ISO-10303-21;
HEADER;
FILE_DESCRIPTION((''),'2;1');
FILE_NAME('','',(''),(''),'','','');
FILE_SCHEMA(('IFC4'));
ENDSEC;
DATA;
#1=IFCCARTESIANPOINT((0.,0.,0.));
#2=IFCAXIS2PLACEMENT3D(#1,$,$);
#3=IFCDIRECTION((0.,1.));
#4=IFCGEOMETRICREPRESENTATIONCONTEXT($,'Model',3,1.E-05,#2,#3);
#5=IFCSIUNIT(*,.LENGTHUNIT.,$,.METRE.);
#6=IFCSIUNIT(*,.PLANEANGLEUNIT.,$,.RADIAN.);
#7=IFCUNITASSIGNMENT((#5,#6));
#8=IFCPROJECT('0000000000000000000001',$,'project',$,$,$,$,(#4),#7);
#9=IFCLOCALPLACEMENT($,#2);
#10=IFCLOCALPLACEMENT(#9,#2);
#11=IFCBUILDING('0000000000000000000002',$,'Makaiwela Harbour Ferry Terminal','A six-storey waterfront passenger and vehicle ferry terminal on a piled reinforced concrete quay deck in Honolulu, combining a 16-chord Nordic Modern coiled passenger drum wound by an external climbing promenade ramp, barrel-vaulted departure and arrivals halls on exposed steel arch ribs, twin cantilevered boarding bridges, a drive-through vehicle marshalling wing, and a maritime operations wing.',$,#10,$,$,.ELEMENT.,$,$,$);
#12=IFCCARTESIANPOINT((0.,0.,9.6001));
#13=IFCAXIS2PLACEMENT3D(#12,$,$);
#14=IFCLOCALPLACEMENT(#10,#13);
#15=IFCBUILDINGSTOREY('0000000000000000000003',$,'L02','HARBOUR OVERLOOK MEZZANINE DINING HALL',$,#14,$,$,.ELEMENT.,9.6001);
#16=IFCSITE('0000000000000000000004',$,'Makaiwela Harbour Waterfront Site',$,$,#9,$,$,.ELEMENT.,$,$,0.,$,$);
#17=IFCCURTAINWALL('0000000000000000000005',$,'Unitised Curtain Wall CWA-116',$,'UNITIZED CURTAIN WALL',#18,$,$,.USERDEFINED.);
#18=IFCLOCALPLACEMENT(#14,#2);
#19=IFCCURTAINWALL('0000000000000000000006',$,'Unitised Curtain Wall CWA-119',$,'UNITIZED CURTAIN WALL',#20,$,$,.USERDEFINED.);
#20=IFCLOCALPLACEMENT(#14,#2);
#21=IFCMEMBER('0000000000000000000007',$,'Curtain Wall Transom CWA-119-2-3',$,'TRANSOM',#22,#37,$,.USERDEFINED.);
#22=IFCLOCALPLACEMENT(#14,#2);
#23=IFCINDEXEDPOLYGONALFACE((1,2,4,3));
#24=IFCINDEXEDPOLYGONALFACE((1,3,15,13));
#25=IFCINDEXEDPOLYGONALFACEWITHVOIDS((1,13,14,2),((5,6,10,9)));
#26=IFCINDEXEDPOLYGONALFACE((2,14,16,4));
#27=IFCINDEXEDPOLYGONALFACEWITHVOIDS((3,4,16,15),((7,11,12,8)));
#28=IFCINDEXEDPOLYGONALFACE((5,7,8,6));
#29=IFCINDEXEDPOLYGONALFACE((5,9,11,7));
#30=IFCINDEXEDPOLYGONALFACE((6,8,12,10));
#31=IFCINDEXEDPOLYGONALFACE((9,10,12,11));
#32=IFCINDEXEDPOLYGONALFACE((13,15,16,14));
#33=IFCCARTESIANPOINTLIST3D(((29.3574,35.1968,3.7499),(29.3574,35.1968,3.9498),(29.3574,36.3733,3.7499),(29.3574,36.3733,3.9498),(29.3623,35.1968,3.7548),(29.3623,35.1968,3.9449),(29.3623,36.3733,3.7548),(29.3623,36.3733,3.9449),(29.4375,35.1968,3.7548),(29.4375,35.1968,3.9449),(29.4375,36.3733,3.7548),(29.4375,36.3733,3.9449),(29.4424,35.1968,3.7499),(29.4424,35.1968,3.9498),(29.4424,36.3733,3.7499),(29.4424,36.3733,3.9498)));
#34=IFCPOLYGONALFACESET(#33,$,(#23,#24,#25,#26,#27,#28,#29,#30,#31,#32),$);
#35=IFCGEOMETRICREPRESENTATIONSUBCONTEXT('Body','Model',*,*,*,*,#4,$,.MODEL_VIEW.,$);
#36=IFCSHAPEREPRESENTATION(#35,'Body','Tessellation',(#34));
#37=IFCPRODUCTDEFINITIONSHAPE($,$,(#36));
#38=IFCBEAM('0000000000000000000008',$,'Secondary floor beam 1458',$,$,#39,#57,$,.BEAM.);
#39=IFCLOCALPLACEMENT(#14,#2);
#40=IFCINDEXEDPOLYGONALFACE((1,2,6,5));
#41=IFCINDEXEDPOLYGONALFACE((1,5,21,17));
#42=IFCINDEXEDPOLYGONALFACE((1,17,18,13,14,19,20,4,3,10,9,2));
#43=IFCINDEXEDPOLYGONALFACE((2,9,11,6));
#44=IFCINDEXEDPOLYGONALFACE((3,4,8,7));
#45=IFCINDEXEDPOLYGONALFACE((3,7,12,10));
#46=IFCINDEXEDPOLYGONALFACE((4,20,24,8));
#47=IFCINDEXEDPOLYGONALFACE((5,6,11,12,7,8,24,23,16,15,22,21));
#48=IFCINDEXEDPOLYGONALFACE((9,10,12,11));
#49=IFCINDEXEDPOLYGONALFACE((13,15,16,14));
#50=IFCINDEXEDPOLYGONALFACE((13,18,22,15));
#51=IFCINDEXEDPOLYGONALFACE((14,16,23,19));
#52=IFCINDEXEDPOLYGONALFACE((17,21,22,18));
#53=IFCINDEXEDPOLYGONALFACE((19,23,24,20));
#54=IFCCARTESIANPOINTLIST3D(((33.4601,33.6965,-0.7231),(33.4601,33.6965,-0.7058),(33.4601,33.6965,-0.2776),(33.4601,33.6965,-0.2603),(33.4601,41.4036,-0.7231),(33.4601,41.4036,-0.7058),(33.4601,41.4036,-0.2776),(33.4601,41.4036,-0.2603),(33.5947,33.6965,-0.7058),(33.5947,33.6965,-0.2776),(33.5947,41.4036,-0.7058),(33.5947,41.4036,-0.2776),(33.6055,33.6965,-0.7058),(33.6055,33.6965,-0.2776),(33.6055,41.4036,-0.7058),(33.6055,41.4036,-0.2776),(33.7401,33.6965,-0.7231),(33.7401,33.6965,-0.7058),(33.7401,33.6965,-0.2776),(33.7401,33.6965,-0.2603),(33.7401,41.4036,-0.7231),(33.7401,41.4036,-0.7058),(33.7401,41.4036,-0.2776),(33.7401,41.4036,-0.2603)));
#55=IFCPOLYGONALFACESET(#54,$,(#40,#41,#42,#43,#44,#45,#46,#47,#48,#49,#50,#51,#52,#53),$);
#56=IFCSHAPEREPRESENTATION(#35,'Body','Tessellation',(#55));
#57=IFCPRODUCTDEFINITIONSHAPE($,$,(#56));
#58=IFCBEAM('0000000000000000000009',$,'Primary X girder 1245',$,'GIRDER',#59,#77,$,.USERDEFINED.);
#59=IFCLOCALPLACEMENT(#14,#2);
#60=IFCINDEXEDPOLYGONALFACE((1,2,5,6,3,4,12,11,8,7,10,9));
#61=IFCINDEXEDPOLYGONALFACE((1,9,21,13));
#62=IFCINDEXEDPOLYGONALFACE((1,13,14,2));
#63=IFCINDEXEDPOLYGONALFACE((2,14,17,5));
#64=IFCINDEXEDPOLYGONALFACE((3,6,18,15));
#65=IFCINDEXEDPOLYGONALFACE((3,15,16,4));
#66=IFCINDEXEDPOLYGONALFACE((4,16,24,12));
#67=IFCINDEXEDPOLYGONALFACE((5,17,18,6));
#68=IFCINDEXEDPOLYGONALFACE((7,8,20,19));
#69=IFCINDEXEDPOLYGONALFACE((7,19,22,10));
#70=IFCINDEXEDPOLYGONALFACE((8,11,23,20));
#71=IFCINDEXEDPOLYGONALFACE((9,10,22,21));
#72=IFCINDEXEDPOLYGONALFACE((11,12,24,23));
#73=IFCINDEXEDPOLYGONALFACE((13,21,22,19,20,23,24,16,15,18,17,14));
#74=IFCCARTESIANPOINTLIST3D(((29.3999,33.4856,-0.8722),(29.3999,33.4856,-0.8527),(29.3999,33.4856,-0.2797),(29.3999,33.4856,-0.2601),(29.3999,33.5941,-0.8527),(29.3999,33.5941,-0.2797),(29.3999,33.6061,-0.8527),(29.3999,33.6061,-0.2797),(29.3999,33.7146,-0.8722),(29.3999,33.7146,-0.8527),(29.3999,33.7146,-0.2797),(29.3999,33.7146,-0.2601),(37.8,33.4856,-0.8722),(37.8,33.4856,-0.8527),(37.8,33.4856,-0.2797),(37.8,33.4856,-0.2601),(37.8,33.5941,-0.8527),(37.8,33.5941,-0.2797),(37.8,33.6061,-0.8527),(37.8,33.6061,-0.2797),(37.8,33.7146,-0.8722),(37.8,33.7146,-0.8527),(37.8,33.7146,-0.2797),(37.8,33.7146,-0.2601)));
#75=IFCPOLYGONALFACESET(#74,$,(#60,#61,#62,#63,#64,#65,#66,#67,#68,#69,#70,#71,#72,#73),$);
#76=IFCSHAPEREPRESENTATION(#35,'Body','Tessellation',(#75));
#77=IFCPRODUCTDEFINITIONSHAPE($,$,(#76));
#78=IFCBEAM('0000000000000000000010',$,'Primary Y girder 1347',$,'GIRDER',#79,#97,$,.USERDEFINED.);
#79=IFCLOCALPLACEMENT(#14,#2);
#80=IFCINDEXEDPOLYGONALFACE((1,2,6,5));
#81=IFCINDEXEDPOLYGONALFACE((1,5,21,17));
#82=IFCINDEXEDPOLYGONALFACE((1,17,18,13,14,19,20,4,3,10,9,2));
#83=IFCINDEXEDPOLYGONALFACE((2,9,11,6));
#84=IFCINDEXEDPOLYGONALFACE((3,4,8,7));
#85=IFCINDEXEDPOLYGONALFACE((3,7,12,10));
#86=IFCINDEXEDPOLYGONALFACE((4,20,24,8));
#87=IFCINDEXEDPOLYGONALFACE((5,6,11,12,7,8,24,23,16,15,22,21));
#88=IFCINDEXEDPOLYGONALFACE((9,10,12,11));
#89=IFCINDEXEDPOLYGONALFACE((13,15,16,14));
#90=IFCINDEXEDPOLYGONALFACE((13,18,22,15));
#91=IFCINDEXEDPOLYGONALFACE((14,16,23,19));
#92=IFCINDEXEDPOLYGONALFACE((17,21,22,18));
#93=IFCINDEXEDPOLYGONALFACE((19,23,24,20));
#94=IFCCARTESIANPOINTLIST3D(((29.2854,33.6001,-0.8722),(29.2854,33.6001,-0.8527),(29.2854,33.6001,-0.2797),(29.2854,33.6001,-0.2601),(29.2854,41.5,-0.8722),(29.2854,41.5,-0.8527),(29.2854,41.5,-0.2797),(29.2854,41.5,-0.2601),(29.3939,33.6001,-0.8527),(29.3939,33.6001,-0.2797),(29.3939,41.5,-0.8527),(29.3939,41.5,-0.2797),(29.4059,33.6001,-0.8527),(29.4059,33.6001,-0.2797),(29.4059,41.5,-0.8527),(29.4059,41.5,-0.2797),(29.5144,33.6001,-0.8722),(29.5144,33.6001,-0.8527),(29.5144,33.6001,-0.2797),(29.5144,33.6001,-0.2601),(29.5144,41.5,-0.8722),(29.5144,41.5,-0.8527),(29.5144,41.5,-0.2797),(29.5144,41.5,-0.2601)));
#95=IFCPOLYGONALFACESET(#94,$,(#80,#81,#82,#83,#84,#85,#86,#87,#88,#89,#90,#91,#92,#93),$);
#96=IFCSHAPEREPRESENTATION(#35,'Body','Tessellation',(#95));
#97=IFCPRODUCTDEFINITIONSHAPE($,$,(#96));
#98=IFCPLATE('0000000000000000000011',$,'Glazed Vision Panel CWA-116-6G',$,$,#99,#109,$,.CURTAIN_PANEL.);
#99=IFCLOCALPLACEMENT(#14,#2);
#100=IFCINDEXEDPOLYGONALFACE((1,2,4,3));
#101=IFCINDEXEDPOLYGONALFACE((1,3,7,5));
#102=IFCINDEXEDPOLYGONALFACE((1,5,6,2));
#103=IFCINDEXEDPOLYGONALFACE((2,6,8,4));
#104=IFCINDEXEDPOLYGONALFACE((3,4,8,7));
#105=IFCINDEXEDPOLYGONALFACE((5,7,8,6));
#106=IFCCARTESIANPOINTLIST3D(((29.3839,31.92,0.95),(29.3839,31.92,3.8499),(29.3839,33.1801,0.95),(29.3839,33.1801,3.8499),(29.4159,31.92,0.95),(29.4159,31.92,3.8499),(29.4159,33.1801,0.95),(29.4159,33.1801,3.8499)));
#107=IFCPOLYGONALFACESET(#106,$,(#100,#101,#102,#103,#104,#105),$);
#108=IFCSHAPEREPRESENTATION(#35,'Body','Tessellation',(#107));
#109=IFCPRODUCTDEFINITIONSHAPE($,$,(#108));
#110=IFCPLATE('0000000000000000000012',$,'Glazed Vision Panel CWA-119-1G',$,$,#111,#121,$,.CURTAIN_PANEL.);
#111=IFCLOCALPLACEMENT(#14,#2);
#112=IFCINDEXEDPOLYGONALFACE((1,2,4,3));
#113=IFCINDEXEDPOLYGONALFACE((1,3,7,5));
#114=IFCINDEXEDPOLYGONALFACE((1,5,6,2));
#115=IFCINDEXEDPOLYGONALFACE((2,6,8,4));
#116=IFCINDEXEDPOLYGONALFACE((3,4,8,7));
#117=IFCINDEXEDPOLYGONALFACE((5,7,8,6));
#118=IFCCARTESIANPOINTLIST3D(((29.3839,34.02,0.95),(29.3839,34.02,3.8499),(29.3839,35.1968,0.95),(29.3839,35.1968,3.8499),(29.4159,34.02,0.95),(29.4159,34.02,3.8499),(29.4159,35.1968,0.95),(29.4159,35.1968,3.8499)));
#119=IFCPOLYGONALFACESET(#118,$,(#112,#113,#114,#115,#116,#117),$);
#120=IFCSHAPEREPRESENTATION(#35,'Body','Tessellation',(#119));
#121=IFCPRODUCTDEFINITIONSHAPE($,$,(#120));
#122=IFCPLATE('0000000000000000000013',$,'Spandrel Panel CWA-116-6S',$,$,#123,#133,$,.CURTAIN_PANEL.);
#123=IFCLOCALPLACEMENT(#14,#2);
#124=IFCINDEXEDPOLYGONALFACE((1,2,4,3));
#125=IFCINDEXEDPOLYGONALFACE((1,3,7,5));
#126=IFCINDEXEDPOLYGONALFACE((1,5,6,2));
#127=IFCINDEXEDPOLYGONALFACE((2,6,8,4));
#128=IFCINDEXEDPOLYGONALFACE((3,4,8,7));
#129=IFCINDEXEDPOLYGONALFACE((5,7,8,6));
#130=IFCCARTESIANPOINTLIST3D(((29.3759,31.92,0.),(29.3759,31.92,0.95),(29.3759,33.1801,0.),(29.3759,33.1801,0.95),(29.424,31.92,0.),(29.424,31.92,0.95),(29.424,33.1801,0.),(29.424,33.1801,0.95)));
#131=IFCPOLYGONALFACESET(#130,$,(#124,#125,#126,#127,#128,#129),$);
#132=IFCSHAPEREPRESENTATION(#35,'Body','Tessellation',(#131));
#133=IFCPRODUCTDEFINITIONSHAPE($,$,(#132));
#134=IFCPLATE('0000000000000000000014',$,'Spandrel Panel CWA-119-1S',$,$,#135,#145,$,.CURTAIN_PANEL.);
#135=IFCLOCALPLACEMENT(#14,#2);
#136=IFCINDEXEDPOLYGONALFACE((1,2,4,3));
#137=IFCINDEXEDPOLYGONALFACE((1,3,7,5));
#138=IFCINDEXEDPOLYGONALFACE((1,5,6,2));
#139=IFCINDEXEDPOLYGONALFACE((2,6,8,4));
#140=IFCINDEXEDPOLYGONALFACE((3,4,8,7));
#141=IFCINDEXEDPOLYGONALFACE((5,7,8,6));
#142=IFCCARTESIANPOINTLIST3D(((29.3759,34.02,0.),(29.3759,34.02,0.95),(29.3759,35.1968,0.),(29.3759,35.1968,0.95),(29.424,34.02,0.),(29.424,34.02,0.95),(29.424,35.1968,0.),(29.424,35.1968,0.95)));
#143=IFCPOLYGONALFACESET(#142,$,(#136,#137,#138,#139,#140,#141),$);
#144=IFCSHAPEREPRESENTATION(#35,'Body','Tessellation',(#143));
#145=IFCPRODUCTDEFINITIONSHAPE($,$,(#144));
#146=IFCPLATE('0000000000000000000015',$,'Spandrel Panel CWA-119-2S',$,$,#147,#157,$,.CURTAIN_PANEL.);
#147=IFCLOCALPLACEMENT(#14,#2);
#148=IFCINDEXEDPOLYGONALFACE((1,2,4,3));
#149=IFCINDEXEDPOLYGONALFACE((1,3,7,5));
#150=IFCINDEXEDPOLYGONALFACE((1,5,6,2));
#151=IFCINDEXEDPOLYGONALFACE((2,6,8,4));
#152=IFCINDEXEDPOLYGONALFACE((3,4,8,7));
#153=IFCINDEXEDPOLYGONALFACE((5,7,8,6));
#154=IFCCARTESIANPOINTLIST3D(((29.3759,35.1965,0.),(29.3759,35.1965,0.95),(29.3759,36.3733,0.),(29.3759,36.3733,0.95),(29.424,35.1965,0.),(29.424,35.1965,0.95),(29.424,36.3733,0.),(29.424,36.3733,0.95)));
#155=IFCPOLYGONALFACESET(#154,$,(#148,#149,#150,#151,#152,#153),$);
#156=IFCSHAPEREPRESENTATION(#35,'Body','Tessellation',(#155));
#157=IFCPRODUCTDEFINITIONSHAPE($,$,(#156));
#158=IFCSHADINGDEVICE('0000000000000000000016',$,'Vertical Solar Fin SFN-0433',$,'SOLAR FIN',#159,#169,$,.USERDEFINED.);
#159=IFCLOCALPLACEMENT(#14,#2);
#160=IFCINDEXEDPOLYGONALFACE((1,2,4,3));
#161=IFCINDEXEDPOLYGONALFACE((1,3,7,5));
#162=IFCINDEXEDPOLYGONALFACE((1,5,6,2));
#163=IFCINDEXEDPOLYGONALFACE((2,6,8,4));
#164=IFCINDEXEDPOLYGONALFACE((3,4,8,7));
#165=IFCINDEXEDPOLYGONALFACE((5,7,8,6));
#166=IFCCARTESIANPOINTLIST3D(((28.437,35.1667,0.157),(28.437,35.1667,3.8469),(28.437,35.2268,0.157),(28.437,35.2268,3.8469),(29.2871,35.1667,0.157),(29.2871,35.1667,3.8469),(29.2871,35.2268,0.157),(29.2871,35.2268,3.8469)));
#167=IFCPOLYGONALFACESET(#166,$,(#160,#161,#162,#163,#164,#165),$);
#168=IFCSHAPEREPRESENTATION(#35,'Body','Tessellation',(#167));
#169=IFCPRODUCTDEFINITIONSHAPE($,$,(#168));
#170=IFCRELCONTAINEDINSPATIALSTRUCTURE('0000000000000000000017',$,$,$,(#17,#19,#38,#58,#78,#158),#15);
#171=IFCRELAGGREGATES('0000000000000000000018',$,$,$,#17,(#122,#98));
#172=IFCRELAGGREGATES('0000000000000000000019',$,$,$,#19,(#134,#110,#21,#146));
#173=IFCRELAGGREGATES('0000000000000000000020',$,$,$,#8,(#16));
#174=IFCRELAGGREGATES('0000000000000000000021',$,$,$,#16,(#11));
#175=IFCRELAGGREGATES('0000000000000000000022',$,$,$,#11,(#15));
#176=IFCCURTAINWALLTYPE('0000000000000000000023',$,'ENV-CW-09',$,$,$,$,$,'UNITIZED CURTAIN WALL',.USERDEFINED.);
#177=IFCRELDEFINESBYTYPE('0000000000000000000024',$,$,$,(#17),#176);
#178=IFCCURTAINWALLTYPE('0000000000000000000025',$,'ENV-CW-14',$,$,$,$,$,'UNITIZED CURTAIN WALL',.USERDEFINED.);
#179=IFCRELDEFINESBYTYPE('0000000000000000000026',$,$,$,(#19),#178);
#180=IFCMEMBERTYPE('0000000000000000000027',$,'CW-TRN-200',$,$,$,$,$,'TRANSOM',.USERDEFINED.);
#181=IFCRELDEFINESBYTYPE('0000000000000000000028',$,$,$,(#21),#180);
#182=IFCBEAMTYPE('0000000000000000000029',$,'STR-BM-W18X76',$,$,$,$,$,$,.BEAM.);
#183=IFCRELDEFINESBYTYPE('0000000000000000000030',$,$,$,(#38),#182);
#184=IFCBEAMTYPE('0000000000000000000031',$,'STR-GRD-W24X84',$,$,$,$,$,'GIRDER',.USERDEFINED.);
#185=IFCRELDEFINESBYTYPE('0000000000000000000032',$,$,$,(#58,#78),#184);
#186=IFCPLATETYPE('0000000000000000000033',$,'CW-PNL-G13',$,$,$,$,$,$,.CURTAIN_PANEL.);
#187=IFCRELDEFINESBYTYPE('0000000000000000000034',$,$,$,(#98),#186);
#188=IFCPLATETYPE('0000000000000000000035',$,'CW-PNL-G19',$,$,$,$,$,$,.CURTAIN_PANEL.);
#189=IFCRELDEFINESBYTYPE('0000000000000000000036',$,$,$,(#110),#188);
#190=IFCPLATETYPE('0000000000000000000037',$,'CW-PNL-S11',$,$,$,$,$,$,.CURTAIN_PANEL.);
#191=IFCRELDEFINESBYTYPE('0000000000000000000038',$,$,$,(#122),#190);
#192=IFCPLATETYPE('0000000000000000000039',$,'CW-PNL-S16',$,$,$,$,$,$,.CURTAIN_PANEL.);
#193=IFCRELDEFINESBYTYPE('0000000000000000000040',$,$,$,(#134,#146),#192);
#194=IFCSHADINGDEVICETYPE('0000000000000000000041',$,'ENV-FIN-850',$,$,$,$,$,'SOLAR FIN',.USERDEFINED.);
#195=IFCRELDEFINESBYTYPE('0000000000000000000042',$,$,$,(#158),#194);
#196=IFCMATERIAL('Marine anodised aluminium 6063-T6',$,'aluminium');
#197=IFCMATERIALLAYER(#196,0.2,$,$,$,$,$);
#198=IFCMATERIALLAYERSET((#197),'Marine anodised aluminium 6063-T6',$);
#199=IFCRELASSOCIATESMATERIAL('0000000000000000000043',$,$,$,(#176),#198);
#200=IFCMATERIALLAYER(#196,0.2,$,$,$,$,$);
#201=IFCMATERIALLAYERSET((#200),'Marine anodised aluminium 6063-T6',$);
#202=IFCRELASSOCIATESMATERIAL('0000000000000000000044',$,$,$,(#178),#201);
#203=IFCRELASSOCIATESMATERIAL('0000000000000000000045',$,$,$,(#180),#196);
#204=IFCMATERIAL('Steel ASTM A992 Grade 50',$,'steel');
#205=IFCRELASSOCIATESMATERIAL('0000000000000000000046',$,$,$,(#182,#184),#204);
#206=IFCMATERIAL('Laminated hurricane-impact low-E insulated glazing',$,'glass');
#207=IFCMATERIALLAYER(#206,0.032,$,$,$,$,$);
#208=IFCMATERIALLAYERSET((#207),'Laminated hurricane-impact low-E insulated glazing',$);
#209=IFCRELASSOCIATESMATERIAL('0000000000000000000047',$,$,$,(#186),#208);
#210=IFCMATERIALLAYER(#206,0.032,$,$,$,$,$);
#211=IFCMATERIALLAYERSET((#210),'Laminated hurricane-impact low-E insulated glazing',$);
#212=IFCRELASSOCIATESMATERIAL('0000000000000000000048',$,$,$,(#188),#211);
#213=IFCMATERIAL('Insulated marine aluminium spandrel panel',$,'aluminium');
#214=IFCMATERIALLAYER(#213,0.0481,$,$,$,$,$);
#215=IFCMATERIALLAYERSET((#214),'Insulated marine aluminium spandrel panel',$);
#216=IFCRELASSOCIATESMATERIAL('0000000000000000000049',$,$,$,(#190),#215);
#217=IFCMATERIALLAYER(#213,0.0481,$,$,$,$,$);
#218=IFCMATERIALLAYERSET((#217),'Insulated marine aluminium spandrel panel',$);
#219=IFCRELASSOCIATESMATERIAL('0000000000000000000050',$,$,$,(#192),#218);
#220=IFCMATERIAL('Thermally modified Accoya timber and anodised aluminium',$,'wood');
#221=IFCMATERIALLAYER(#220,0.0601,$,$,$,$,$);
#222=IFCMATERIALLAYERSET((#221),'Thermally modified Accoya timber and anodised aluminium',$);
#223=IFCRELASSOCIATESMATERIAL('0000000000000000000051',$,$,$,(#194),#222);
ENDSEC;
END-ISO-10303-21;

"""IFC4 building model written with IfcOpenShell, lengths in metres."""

from ifc_helpers import new_model, si_unit, direction, frame, origin, origin_2d, place, context, subcontext, project, spatial, rectangle, hollow_rectangle, i_section, extrude, material, layer, layer_set, material_profile, profile_set, type_object, element, aggregate, save


model = new_model("IFC4")

# Units and contexts
model_context = context("Model", 3, precision=1e-05, world=origin(), true_north=direction((0.0, 1.0)))
body_context = subcontext(model_context, "Body", "Model", "MODEL_VIEW")
ifc_project = project(units=[si_unit("LENGTHUNIT", "METRE"), si_unit("PLANEANGLEUNIT", "RADIAN")], contexts=[model_context])

# Site, building, storey
site_placement = place(None, origin())
site = spatial("IfcSite", under=ifc_project, at=site_placement, Name="Makaiwela Harbour Waterfront Site", CompositionType="ELEMENT", RefElevation=0.0)
building_placement = place(site_placement, origin())
building = spatial("IfcBuilding", under=site, at=building_placement, Name="Makaiwela Harbour Ferry Terminal", Description="A six-storey waterfront passenger and vehicle ferry terminal on a piled reinforced concrete quay deck in Honolulu, combining a 16-chord Nordic Modern coiled passenger drum wound by an external climbing promenade ramp, barrel-vaulted departure and arrivals halls on exposed steel arch ribs, twin cantilevered boarding bridges, a drive-through vehicle marshalling wing, and a maritime operations wing.", CompositionType="ELEMENT")
storey_placement = place(building_placement, frame((0.0, 0.0, 9.6001)))
storey = spatial("IfcBuildingStorey", under=building, at=storey_placement, Name="L02", Description="HARBOUR OVERLOOK MEZZANINE DINING HALL", CompositionType="ELEMENT", Elevation=9.6001)

# Curtain wall
ifc_material_1 = material(Name="Marine anodised aluminium 6063-T6", Category="aluminium")
ifc_layer_1 = layer(ifc_material_1, 0.2)
ifc_layer_set_1 = layer_set([ifc_layer_1], Name="Marine anodised aluminium 6063-T6")
curtain_wall_type_1 = type_object("IfcCurtainWallType", Name="ENV-CW-09", ElementType="UNITIZED CURTAIN WALL", PredefinedType="USERDEFINED", material=ifc_layer_set_1)
curtain_wall_1_placement = place(storey_placement, origin())
curtain_wall_1 = element("IfcCurtainWall", 1, at=curtain_wall_1_placement, inside=storey, type_object=curtain_wall_type_1, Name="Unitised Curtain Wall CWA-116", ObjectType="UNITIZED CURTAIN WALL", PredefinedType="USERDEFINED")

# Curtain wall
ifc_layer_2 = layer(ifc_material_1, 0.2)
ifc_layer_set_2 = layer_set([ifc_layer_2], Name="Marine anodised aluminium 6063-T6")
curtain_wall_type_2 = type_object("IfcCurtainWallType", Name="ENV-CW-14", ElementType="UNITIZED CURTAIN WALL", PredefinedType="USERDEFINED", material=ifc_layer_set_2)
curtain_wall_2_placement = place(storey_placement, origin())
curtain_wall_2 = element("IfcCurtainWall", 2, at=curtain_wall_2_placement, inside=storey, type_object=curtain_wall_type_2, Name="Unitised Curtain Wall CWA-119", ObjectType="UNITIZED CURTAIN WALL", PredefinedType="USERDEFINED")

# Member
ifc_material_profile_1 = material_profile(ifc_material_1, hollow_rectangle(XDim=0.085, YDim=0.2, WallThickness=0.0049, at=origin_2d()), Name="CWT-200X85")
ifc_profile_set_1 = profile_set([ifc_material_profile_1], Name="Marine anodised aluminium 6063-T6")
member_type_1 = type_object("IfcMemberType", Name="CW-TRN-200", ElementType="TRANSOM", PredefinedType="USERDEFINED", material=ifc_profile_set_1)
member_1_placement = place(storey_placement, frame((29.3999, 35.1968, 3.8499), z_axis=(0.0, 1.0, 0.0), x_axis=(-1.0, 0.0, 0.0)))
member_1 = element("IfcMember", 3, at=member_1_placement, type_object=member_type_1, Name="Curtain Wall Transom CWA-119-2-3", ObjectType="TRANSOM", PredefinedType="USERDEFINED", context=body_context, shape_type="SweptSolid", body=[
    extrude(hollow_rectangle(XDim=0.085, YDim=0.2, WallThickness=0.0049, at=origin_2d()), origin(), (0.0, 0.0, 1.0), 1.1765),
])

# Beams
ifc_material_2 = material(Name="Steel ASTM A992 Grade 50", Category="steel")
ifc_material_profile_2 = material_profile(ifc_material_2, i_section(OverallWidth=0.28, OverallDepth=0.4629, WebThickness=0.0107, FlangeThickness=0.0173, at=origin_2d()), Name="W18X76")
ifc_profile_set_2 = profile_set([ifc_material_profile_2], Name="Steel ASTM A992 Grade 50")
beam_type_1 = type_object("IfcBeamType", Name="STR-BM-W18X76", PredefinedType="BEAM", material=ifc_profile_set_2)
beam_1_placement = place(storey_placement, frame((33.6001, 33.6965, -0.4917), z_axis=(0.0, 1.0, 0.0), x_axis=(-1.0, 0.0, 0.0)))
element("IfcBeam", 4, at=beam_1_placement, inside=storey, type_object=beam_type_1, Name="Secondary floor beam 1458", PredefinedType="BEAM", context=body_context, shape_type="SweptSolid", body=[
    extrude(i_section(OverallWidth=0.28, OverallDepth=0.4629, WebThickness=0.0107, FlangeThickness=0.0173, at=origin_2d()), origin(), (0.0, 0.0, 1.0), 7.707),
])
ifc_material_profile_3 = material_profile(ifc_material_2, i_section(OverallWidth=0.229, OverallDepth=0.6121, WebThickness=0.012, FlangeThickness=0.0195, at=origin_2d()), Name="W24X84")
ifc_profile_set_3 = profile_set([ifc_material_profile_3], Name="Steel ASTM A992 Grade 50")
beam_type_2 = type_object("IfcBeamType", Name="STR-GRD-W24X84", ElementType="GIRDER", PredefinedType="USERDEFINED", material=ifc_profile_set_3)
beam_2_placement = place(storey_placement, frame((29.3999, 33.6001, -0.5662), z_axis=(1.0, 0.0, 0.0), x_axis=(0.0, 1.0, 0.0)))
element("IfcBeam", 5, at=beam_2_placement, inside=storey, type_object=beam_type_2, Name="Primary X girder 1245", ObjectType="GIRDER", PredefinedType="USERDEFINED", context=body_context, shape_type="SweptSolid", body=[
    extrude(i_section(OverallWidth=0.229, OverallDepth=0.6121, WebThickness=0.012, FlangeThickness=0.0195, at=origin_2d()), origin(), (0.0, 0.0, 1.0), 8.4001),
])
beam_3_placement = place(storey_placement, frame((29.3999, 33.6001, -0.5662), z_axis=(0.0, 1.0, 0.0), x_axis=(-1.0, 0.0, 0.0)))
element("IfcBeam", 6, at=beam_3_placement, inside=storey, type_object=beam_type_2, Name="Primary Y girder 1347", ObjectType="GIRDER", PredefinedType="USERDEFINED", context=body_context, shape_type="SweptSolid", body=[
    extrude(i_section(OverallWidth=0.229, OverallDepth=0.6121, WebThickness=0.012, FlangeThickness=0.0195, at=origin_2d()), origin(), (0.0, 0.0, 1.0), 7.8999),
])

# Plates
ifc_material_3 = material(Name="Laminated hurricane-impact low-E insulated glazing", Category="glass")
ifc_layer_3 = layer(ifc_material_3, 0.032)
ifc_layer_set_3 = layer_set([ifc_layer_3], Name="Laminated hurricane-impact low-E insulated glazing")
plate_type_1 = type_object("IfcPlateType", Name="CW-PNL-G13", PredefinedType="CURTAIN_PANEL", material=ifc_layer_set_3)
plate_1_placement = place(storey_placement, frame((29.3999, 32.55, 0.95), z_axis=(0.0, 0.0, 1.0), x_axis=(0.0, 1.0, 0.0)))
plate_1 = element("IfcPlate", 7, at=plate_1_placement, type_object=plate_type_1, Name="Glazed Vision Panel CWA-116-6G", PredefinedType="CURTAIN_PANEL", context=body_context, shape_type="SweptSolid", body=[
    extrude(rectangle(XDim=1.26, YDim=0.032, at=origin_2d()), origin(), (0.0, 0.0, 1.0), 2.8999),
])
ifc_layer_4 = layer(ifc_material_3, 0.032)
ifc_layer_set_4 = layer_set([ifc_layer_4], Name="Laminated hurricane-impact low-E insulated glazing")
plate_type_2 = type_object("IfcPlateType", Name="CW-PNL-G19", PredefinedType="CURTAIN_PANEL", material=ifc_layer_set_4)
plate_2_placement = place(storey_placement, frame((29.3999, 34.6084, 0.95), z_axis=(0.0, 0.0, 1.0), x_axis=(0.0, 1.0, 0.0)))
plate_2 = element("IfcPlate", 8, at=plate_2_placement, type_object=plate_type_2, Name="Glazed Vision Panel CWA-119-1G", PredefinedType="CURTAIN_PANEL", context=body_context, shape_type="SweptSolid", body=[
    extrude(rectangle(XDim=1.1768, YDim=0.032, at=origin_2d()), origin(), (0.0, 0.0, 1.0), 2.8999),
])
ifc_material_4 = material(Name="Insulated marine aluminium spandrel panel", Category="aluminium")
ifc_layer_5 = layer(ifc_material_4, 0.0481)
ifc_layer_set_5 = layer_set([ifc_layer_5], Name="Insulated marine aluminium spandrel panel")
plate_type_3 = type_object("IfcPlateType", Name="CW-PNL-S11", PredefinedType="CURTAIN_PANEL", material=ifc_layer_set_5)
plate_3_placement = place(storey_placement, frame((29.3999, 32.55, 0.0), z_axis=(0.0, 0.0, 1.0), x_axis=(0.0, 1.0, 0.0)))
plate_3 = element("IfcPlate", 9, at=plate_3_placement, type_object=plate_type_3, Name="Spandrel Panel CWA-116-6S", PredefinedType="CURTAIN_PANEL", context=body_context, shape_type="SweptSolid", body=[
    extrude(rectangle(XDim=1.26, YDim=0.0481, at=origin_2d()), origin(), (0.0, 0.0, 1.0), 0.95),
])
aggregate(curtain_wall_1, [plate_3, plate_1])
ifc_layer_6 = layer(ifc_material_4, 0.0481)
ifc_layer_set_6 = layer_set([ifc_layer_6], Name="Insulated marine aluminium spandrel panel")
plate_type_4 = type_object("IfcPlateType", Name="CW-PNL-S16", PredefinedType="CURTAIN_PANEL", material=ifc_layer_set_6)
plate_4_placement = place(storey_placement, frame((29.3999, 34.6084, 0.0), z_axis=(0.0, 0.0, 1.0), x_axis=(0.0, 1.0, 0.0)))
plate_4 = element("IfcPlate", 10, at=plate_4_placement, type_object=plate_type_4, Name="Spandrel Panel CWA-119-1S", PredefinedType="CURTAIN_PANEL", context=body_context, shape_type="SweptSolid", body=[
    extrude(rectangle(XDim=1.1768, YDim=0.0481, at=origin_2d()), origin(), (0.0, 0.0, 1.0), 0.95),
])
plate_5_placement = place(storey_placement, frame((29.3999, 35.7849, 0.0), z_axis=(0.0, 0.0, 1.0), x_axis=(0.0, 1.0, 0.0)))
plate_5 = element("IfcPlate", 11, at=plate_5_placement, type_object=plate_type_4, Name="Spandrel Panel CWA-119-2S", PredefinedType="CURTAIN_PANEL", context=body_context, shape_type="SweptSolid", body=[
    extrude(rectangle(XDim=1.1768, YDim=0.0481, at=origin_2d()), origin(), (0.0, 0.0, 1.0), 0.95),
])
aggregate(curtain_wall_2, [plate_4, plate_2, member_1, plate_5])

# Shading device
ifc_material_5 = material(Name="Thermally modified Accoya timber and anodised aluminium", Category="wood")
ifc_layer_7 = layer(ifc_material_5, 0.0601)
ifc_layer_set_7 = layer_set([ifc_layer_7], Name="Thermally modified Accoya timber and anodised aluminium")
shading_device_type = type_object("IfcShadingDeviceType", Name="ENV-FIN-850", ElementType="SOLAR FIN", PredefinedType="USERDEFINED", material=ifc_layer_set_7)
shading_device_placement = place(storey_placement, frame((28.8621, 35.1968, 0.157), z_axis=(0.0, 0.0, 1.0), x_axis=(-1.0, 0.0, 0.0)))
element("IfcShadingDevice", 12, at=shading_device_placement, inside=storey, type_object=shading_device_type, Name="Vertical Solar Fin SFN-0433", ObjectType="SOLAR FIN", PredefinedType="USERDEFINED", context=body_context, shape_type="SweptSolid", body=[
    extrude(rectangle(XDim=0.8501, YDim=0.0601, at=origin_2d()), origin(), (0.0, 0.0, 1.0), 3.6899),
])

save(model, "model.ifc")
